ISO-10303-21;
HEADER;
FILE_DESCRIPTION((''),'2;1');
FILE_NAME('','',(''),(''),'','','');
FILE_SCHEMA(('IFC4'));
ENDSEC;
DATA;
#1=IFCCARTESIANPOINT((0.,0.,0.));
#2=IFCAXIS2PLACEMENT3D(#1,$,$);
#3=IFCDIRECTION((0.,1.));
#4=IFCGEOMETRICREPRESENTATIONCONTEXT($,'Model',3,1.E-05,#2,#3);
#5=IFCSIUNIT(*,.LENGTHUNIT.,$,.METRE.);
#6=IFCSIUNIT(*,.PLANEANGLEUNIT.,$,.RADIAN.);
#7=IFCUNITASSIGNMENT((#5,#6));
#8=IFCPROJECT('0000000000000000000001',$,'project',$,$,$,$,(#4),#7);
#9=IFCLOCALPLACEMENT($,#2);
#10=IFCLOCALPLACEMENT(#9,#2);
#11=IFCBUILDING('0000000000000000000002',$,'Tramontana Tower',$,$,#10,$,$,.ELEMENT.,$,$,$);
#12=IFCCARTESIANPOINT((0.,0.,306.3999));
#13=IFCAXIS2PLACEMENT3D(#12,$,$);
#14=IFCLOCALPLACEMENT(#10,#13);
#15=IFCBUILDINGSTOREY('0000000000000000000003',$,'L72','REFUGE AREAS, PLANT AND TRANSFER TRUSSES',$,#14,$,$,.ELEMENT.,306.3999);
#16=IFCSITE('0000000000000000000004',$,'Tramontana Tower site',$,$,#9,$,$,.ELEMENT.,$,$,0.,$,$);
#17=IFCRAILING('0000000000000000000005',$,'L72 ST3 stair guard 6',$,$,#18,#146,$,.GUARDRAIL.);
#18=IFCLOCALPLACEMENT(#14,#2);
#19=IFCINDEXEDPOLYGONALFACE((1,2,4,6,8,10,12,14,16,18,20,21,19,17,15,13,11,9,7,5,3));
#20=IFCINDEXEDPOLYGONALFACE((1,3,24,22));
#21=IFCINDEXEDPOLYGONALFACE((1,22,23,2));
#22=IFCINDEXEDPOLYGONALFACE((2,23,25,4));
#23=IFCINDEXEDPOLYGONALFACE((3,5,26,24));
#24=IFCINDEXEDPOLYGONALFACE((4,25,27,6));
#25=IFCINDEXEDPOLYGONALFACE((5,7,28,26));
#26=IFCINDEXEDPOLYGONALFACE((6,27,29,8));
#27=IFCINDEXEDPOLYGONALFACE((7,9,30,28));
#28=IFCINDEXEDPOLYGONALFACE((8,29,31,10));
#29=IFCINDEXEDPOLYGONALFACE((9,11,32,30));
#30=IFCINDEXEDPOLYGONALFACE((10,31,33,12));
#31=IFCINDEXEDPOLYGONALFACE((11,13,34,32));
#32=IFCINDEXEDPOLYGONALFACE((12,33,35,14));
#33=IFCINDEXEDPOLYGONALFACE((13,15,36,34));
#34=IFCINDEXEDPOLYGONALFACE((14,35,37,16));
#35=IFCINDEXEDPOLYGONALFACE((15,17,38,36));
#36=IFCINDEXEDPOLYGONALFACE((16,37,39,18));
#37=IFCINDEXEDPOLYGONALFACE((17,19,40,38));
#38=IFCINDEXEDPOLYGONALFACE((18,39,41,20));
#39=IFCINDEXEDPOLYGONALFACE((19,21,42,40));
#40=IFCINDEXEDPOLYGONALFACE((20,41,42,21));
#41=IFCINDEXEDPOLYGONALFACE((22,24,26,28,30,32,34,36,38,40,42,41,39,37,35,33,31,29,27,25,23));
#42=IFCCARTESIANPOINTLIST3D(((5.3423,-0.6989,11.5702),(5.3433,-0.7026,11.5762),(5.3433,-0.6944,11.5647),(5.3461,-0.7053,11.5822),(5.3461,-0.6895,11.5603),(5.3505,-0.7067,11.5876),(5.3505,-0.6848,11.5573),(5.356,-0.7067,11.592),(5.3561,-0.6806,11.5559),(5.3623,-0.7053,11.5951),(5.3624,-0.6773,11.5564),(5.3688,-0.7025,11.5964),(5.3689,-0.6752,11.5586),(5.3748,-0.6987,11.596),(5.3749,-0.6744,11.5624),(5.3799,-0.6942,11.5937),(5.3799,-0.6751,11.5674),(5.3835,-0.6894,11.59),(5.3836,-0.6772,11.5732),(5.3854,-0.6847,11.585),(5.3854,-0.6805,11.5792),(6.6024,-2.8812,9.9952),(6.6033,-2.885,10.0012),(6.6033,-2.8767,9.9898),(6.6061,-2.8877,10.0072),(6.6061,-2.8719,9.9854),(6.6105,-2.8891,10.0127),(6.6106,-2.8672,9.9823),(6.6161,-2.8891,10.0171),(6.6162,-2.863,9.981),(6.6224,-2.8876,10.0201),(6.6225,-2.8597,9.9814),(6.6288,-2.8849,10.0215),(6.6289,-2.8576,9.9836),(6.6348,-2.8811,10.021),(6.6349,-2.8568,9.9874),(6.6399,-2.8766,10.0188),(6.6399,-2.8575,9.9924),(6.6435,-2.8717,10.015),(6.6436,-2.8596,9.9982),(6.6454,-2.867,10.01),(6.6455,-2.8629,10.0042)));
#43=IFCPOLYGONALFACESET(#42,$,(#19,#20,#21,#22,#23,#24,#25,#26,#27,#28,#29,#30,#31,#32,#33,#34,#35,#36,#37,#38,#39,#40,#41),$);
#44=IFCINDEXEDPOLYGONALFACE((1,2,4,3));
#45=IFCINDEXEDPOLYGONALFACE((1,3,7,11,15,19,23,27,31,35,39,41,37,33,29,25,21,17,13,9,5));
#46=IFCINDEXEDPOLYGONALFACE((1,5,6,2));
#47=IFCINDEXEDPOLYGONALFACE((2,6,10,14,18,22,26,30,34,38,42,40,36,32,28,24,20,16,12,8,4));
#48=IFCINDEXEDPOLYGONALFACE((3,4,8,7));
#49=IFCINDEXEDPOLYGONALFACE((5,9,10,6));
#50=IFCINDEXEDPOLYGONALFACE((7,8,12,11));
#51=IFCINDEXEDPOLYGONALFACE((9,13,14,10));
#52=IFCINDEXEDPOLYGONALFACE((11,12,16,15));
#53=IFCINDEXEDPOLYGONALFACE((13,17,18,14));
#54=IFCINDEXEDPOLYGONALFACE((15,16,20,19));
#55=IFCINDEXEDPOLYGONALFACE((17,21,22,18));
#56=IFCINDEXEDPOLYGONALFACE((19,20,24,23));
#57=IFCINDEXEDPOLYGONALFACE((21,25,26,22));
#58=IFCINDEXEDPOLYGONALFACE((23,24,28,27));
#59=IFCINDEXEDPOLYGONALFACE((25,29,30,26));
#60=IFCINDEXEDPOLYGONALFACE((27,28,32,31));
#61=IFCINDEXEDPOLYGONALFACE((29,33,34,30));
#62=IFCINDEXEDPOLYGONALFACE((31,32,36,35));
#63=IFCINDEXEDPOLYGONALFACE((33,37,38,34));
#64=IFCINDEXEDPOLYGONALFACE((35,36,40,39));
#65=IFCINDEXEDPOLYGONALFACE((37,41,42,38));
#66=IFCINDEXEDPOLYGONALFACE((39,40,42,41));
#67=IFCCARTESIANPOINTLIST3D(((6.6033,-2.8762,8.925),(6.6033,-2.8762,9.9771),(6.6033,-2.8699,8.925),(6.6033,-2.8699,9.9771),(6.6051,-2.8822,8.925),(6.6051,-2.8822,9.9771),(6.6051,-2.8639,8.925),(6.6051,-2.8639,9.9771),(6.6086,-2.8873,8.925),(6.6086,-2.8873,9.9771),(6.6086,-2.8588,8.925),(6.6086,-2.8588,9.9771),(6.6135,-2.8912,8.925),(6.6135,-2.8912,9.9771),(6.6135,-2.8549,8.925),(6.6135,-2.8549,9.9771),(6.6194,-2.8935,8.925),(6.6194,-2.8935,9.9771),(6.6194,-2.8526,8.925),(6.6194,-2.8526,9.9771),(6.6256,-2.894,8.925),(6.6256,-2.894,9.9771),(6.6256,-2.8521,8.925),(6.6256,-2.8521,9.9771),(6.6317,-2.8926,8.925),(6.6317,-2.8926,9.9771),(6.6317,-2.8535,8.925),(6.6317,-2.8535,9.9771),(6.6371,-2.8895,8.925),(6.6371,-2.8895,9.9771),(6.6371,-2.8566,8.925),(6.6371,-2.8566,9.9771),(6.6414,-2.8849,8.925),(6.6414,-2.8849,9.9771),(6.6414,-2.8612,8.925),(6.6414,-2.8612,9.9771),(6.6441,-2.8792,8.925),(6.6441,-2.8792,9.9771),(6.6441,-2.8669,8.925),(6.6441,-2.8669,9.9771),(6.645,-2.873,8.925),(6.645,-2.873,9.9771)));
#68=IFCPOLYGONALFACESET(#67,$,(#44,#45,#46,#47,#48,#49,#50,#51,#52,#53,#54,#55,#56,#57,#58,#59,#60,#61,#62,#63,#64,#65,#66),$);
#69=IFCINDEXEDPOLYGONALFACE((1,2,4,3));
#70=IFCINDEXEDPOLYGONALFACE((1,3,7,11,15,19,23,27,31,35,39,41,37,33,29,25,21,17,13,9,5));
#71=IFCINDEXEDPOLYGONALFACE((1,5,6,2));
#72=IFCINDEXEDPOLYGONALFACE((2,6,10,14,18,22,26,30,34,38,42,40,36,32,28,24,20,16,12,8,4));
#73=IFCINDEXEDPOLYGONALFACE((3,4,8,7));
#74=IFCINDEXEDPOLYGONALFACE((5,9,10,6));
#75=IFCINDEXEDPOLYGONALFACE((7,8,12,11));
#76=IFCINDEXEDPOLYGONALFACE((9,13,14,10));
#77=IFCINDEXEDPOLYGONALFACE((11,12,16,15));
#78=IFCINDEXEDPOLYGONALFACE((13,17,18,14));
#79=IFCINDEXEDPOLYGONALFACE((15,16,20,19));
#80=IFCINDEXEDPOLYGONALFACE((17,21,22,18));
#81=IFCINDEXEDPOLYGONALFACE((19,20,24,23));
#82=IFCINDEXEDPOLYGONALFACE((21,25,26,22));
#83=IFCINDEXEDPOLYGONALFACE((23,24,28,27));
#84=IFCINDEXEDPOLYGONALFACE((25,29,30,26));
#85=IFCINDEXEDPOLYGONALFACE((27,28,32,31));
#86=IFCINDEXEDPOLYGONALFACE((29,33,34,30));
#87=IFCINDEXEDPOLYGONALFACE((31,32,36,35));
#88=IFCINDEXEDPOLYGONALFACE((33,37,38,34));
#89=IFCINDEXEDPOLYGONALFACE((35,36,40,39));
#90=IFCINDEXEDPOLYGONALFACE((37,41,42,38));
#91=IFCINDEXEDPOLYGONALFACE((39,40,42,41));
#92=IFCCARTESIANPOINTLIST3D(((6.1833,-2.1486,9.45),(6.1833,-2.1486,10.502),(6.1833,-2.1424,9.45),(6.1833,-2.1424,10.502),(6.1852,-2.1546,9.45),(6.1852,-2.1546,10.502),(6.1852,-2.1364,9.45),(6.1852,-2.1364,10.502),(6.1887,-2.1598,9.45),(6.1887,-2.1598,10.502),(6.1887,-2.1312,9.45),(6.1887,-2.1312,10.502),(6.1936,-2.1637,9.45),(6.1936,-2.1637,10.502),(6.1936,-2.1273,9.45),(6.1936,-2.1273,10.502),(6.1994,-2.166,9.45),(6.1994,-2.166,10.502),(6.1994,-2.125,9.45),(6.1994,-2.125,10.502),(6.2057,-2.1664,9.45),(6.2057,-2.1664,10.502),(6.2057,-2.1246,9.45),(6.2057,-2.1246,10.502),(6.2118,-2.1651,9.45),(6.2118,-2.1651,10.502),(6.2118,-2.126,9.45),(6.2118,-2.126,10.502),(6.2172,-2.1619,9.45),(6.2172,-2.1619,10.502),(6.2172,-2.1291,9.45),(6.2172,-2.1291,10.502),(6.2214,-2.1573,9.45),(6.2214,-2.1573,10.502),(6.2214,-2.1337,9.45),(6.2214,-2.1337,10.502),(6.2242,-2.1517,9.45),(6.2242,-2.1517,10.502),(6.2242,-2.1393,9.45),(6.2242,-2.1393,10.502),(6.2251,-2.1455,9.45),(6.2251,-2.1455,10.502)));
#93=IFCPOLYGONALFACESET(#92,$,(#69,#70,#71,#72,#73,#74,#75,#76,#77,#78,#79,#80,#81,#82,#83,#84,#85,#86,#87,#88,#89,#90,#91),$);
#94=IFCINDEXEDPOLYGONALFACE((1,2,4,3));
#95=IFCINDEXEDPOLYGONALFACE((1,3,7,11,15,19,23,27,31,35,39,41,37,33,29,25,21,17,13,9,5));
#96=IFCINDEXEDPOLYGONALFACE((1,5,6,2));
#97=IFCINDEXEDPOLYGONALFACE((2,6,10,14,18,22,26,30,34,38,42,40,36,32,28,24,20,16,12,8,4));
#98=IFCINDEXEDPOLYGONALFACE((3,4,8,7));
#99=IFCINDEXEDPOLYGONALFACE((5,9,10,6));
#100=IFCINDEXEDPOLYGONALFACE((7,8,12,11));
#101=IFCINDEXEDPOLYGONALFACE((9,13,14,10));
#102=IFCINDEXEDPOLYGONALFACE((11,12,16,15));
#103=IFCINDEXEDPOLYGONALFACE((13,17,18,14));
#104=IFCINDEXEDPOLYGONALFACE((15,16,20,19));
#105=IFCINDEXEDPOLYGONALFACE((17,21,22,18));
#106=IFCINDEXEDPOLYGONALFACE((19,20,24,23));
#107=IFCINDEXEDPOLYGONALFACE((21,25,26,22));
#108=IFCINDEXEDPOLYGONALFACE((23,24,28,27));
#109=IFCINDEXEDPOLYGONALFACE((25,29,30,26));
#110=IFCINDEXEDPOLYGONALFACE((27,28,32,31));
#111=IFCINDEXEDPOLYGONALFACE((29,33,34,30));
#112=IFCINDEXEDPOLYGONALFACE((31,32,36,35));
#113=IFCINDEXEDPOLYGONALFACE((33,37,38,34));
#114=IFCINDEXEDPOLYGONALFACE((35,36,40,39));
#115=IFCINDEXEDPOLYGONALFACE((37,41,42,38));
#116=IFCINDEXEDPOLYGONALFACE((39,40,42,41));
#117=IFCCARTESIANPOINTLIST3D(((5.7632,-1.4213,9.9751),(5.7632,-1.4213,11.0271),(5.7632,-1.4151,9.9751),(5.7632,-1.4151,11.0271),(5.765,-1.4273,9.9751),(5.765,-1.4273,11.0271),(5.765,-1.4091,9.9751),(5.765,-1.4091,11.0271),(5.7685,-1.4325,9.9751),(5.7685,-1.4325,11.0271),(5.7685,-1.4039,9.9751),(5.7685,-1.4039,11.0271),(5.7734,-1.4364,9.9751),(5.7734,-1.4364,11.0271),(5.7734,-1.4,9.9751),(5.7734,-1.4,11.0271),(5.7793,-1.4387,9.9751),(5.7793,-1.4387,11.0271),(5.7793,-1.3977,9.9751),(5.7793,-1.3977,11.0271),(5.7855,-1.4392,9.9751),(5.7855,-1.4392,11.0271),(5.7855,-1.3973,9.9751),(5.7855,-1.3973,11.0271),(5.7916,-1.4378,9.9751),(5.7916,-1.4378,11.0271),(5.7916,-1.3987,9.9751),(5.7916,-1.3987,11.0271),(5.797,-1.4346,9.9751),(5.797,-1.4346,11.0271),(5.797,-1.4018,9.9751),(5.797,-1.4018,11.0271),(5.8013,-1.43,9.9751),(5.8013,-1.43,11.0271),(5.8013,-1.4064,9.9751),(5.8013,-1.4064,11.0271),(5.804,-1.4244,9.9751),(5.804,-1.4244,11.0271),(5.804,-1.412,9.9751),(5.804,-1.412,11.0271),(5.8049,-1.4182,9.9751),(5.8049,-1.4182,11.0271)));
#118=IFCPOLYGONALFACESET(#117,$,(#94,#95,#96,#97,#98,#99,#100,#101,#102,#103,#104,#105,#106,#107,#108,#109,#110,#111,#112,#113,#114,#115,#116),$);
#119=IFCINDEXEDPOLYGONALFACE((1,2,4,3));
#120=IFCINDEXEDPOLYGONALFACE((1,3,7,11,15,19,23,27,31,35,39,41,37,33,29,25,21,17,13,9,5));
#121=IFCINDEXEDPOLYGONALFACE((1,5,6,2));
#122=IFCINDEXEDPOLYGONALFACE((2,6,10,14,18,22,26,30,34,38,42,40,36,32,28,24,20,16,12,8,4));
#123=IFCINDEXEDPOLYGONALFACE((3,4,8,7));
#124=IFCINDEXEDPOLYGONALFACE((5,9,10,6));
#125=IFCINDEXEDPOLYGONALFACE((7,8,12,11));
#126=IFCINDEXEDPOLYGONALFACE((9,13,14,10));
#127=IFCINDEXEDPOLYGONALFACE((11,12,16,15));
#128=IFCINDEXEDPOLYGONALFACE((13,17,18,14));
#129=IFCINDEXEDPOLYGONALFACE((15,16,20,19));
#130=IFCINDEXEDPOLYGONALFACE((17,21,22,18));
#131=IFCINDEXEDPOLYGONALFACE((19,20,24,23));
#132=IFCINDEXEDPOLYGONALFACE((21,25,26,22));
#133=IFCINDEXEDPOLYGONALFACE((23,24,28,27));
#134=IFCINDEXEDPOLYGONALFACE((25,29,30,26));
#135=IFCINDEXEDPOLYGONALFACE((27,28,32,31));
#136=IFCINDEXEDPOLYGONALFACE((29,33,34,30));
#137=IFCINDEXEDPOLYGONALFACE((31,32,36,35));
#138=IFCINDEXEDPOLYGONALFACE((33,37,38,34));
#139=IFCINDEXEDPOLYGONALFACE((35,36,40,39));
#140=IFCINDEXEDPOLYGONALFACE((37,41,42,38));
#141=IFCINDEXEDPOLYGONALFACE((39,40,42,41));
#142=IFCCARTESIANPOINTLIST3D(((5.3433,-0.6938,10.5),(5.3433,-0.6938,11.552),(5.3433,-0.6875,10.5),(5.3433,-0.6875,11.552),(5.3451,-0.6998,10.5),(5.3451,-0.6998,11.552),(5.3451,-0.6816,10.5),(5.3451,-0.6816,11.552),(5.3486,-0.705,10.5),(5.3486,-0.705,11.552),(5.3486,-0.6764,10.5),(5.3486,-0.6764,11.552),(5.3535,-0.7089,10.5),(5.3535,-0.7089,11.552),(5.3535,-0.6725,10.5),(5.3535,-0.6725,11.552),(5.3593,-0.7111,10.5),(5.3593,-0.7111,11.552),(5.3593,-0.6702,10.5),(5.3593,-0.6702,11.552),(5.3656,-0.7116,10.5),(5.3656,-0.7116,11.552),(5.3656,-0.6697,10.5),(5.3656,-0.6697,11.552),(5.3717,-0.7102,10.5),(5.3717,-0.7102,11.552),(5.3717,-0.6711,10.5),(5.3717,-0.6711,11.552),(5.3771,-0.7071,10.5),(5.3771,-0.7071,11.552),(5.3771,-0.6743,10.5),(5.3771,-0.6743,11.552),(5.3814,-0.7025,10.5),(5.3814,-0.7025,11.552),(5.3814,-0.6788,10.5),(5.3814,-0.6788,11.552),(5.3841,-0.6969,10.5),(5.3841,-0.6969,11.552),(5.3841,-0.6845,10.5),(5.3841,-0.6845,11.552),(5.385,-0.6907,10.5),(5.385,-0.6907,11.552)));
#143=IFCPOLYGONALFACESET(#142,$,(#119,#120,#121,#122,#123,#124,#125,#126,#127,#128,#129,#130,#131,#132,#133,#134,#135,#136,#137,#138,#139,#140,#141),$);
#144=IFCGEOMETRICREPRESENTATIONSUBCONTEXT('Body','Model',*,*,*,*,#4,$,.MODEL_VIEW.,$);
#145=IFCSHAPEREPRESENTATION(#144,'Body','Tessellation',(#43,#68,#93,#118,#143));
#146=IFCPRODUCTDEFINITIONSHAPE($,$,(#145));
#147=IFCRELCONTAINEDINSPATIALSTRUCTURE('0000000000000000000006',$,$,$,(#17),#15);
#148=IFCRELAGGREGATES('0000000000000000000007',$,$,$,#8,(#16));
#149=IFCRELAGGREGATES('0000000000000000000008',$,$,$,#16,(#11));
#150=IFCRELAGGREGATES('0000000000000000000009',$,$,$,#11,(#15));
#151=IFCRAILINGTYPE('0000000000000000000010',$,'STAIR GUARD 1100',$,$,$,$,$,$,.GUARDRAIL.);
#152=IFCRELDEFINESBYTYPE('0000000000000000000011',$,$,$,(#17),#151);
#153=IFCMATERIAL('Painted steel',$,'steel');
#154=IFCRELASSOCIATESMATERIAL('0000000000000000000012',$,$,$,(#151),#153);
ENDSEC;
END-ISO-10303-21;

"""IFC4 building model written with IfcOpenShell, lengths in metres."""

from ifc_helpers import new_model, si_unit, direction, frame, origin, origin_2d, place, context, subcontext, project, spatial, circle, extrude, material, type_object, element, save


model = new_model("IFC4")

# Units and contexts
model_context = context("Model", 3, precision=1e-05, world=origin(), true_north=direction((0.0, 1.0)))
body_context = subcontext(model_context, "Body", "Model", "MODEL_VIEW")
ifc_project = project(units=[si_unit("LENGTHUNIT", "METRE"), si_unit("PLANEANGLEUNIT", "RADIAN")], contexts=[model_context])

# Site, building, storey
site_placement = place(None, origin())
site = spatial("IfcSite", under=ifc_project, at=site_placement, Name="Tramontana Tower site", CompositionType="ELEMENT", RefElevation=0.0)
building_placement = place(site_placement, origin())
building = spatial("IfcBuilding", under=site, at=building_placement, Name="Tramontana Tower", CompositionType="ELEMENT")
storey_placement = place(building_placement, frame((0.0, 0.0, 306.3999)))
storey = spatial("IfcBuildingStorey", under=building, at=storey_placement, Name="L72", Description="REFUGE AREAS, PLANT AND TRANSFER TRUSSES", CompositionType="ELEMENT", Elevation=306.3999)

# Railing
ifc_material_1 = material(Name="Painted steel", Category="steel")
railing_type_1 = type_object("IfcRailingType", Name="STAIR GUARD 1100", PredefinedType="GUARDRAIL", material=ifc_material_1)
for number, where, name in (
    (1, (6.624, -2.873, 8.925), "L72 ST3 stair guard 6"),
):
    element("IfcRailing", number, at=place(storey_placement, frame(where)), inside=storey, type_object=railing_type_1, Name=name, PredefinedType="GUARDRAIL", context=body_context, shape_type="SweptSolid", body=[
        extrude(circle(Radius=0.0239, at=origin_2d()), frame((0.0, 0.0, 1.0762), z_axis=(-0.424007, 0.734392, 0.529988), x_axis=(-0.866023, -0.500005, 0.0)), (0.0, 0.0, 1.0), 2.9717),
        extrude(circle(Radius=0.021, at=origin_2d()), origin(), (0.0, 0.0, 1.0), 1.052),
        extrude(circle(Radius=0.021, at=origin_2d()), frame((-0.4199, 0.7275, 0.5249)), (0.0, 0.0, 1.0), 1.052),
        extrude(circle(Radius=0.021, at=origin_2d()), frame((-0.8401, 1.4548, 1.05)), (0.0, 0.0, 1.0), 1.052),
        extrude(circle(Radius=0.021, at=origin_2d()), frame((-1.26, 2.1824, 1.575)), (0.0, 0.0, 1.0), 1.052),
    ])

save(model, "model.ifc")
